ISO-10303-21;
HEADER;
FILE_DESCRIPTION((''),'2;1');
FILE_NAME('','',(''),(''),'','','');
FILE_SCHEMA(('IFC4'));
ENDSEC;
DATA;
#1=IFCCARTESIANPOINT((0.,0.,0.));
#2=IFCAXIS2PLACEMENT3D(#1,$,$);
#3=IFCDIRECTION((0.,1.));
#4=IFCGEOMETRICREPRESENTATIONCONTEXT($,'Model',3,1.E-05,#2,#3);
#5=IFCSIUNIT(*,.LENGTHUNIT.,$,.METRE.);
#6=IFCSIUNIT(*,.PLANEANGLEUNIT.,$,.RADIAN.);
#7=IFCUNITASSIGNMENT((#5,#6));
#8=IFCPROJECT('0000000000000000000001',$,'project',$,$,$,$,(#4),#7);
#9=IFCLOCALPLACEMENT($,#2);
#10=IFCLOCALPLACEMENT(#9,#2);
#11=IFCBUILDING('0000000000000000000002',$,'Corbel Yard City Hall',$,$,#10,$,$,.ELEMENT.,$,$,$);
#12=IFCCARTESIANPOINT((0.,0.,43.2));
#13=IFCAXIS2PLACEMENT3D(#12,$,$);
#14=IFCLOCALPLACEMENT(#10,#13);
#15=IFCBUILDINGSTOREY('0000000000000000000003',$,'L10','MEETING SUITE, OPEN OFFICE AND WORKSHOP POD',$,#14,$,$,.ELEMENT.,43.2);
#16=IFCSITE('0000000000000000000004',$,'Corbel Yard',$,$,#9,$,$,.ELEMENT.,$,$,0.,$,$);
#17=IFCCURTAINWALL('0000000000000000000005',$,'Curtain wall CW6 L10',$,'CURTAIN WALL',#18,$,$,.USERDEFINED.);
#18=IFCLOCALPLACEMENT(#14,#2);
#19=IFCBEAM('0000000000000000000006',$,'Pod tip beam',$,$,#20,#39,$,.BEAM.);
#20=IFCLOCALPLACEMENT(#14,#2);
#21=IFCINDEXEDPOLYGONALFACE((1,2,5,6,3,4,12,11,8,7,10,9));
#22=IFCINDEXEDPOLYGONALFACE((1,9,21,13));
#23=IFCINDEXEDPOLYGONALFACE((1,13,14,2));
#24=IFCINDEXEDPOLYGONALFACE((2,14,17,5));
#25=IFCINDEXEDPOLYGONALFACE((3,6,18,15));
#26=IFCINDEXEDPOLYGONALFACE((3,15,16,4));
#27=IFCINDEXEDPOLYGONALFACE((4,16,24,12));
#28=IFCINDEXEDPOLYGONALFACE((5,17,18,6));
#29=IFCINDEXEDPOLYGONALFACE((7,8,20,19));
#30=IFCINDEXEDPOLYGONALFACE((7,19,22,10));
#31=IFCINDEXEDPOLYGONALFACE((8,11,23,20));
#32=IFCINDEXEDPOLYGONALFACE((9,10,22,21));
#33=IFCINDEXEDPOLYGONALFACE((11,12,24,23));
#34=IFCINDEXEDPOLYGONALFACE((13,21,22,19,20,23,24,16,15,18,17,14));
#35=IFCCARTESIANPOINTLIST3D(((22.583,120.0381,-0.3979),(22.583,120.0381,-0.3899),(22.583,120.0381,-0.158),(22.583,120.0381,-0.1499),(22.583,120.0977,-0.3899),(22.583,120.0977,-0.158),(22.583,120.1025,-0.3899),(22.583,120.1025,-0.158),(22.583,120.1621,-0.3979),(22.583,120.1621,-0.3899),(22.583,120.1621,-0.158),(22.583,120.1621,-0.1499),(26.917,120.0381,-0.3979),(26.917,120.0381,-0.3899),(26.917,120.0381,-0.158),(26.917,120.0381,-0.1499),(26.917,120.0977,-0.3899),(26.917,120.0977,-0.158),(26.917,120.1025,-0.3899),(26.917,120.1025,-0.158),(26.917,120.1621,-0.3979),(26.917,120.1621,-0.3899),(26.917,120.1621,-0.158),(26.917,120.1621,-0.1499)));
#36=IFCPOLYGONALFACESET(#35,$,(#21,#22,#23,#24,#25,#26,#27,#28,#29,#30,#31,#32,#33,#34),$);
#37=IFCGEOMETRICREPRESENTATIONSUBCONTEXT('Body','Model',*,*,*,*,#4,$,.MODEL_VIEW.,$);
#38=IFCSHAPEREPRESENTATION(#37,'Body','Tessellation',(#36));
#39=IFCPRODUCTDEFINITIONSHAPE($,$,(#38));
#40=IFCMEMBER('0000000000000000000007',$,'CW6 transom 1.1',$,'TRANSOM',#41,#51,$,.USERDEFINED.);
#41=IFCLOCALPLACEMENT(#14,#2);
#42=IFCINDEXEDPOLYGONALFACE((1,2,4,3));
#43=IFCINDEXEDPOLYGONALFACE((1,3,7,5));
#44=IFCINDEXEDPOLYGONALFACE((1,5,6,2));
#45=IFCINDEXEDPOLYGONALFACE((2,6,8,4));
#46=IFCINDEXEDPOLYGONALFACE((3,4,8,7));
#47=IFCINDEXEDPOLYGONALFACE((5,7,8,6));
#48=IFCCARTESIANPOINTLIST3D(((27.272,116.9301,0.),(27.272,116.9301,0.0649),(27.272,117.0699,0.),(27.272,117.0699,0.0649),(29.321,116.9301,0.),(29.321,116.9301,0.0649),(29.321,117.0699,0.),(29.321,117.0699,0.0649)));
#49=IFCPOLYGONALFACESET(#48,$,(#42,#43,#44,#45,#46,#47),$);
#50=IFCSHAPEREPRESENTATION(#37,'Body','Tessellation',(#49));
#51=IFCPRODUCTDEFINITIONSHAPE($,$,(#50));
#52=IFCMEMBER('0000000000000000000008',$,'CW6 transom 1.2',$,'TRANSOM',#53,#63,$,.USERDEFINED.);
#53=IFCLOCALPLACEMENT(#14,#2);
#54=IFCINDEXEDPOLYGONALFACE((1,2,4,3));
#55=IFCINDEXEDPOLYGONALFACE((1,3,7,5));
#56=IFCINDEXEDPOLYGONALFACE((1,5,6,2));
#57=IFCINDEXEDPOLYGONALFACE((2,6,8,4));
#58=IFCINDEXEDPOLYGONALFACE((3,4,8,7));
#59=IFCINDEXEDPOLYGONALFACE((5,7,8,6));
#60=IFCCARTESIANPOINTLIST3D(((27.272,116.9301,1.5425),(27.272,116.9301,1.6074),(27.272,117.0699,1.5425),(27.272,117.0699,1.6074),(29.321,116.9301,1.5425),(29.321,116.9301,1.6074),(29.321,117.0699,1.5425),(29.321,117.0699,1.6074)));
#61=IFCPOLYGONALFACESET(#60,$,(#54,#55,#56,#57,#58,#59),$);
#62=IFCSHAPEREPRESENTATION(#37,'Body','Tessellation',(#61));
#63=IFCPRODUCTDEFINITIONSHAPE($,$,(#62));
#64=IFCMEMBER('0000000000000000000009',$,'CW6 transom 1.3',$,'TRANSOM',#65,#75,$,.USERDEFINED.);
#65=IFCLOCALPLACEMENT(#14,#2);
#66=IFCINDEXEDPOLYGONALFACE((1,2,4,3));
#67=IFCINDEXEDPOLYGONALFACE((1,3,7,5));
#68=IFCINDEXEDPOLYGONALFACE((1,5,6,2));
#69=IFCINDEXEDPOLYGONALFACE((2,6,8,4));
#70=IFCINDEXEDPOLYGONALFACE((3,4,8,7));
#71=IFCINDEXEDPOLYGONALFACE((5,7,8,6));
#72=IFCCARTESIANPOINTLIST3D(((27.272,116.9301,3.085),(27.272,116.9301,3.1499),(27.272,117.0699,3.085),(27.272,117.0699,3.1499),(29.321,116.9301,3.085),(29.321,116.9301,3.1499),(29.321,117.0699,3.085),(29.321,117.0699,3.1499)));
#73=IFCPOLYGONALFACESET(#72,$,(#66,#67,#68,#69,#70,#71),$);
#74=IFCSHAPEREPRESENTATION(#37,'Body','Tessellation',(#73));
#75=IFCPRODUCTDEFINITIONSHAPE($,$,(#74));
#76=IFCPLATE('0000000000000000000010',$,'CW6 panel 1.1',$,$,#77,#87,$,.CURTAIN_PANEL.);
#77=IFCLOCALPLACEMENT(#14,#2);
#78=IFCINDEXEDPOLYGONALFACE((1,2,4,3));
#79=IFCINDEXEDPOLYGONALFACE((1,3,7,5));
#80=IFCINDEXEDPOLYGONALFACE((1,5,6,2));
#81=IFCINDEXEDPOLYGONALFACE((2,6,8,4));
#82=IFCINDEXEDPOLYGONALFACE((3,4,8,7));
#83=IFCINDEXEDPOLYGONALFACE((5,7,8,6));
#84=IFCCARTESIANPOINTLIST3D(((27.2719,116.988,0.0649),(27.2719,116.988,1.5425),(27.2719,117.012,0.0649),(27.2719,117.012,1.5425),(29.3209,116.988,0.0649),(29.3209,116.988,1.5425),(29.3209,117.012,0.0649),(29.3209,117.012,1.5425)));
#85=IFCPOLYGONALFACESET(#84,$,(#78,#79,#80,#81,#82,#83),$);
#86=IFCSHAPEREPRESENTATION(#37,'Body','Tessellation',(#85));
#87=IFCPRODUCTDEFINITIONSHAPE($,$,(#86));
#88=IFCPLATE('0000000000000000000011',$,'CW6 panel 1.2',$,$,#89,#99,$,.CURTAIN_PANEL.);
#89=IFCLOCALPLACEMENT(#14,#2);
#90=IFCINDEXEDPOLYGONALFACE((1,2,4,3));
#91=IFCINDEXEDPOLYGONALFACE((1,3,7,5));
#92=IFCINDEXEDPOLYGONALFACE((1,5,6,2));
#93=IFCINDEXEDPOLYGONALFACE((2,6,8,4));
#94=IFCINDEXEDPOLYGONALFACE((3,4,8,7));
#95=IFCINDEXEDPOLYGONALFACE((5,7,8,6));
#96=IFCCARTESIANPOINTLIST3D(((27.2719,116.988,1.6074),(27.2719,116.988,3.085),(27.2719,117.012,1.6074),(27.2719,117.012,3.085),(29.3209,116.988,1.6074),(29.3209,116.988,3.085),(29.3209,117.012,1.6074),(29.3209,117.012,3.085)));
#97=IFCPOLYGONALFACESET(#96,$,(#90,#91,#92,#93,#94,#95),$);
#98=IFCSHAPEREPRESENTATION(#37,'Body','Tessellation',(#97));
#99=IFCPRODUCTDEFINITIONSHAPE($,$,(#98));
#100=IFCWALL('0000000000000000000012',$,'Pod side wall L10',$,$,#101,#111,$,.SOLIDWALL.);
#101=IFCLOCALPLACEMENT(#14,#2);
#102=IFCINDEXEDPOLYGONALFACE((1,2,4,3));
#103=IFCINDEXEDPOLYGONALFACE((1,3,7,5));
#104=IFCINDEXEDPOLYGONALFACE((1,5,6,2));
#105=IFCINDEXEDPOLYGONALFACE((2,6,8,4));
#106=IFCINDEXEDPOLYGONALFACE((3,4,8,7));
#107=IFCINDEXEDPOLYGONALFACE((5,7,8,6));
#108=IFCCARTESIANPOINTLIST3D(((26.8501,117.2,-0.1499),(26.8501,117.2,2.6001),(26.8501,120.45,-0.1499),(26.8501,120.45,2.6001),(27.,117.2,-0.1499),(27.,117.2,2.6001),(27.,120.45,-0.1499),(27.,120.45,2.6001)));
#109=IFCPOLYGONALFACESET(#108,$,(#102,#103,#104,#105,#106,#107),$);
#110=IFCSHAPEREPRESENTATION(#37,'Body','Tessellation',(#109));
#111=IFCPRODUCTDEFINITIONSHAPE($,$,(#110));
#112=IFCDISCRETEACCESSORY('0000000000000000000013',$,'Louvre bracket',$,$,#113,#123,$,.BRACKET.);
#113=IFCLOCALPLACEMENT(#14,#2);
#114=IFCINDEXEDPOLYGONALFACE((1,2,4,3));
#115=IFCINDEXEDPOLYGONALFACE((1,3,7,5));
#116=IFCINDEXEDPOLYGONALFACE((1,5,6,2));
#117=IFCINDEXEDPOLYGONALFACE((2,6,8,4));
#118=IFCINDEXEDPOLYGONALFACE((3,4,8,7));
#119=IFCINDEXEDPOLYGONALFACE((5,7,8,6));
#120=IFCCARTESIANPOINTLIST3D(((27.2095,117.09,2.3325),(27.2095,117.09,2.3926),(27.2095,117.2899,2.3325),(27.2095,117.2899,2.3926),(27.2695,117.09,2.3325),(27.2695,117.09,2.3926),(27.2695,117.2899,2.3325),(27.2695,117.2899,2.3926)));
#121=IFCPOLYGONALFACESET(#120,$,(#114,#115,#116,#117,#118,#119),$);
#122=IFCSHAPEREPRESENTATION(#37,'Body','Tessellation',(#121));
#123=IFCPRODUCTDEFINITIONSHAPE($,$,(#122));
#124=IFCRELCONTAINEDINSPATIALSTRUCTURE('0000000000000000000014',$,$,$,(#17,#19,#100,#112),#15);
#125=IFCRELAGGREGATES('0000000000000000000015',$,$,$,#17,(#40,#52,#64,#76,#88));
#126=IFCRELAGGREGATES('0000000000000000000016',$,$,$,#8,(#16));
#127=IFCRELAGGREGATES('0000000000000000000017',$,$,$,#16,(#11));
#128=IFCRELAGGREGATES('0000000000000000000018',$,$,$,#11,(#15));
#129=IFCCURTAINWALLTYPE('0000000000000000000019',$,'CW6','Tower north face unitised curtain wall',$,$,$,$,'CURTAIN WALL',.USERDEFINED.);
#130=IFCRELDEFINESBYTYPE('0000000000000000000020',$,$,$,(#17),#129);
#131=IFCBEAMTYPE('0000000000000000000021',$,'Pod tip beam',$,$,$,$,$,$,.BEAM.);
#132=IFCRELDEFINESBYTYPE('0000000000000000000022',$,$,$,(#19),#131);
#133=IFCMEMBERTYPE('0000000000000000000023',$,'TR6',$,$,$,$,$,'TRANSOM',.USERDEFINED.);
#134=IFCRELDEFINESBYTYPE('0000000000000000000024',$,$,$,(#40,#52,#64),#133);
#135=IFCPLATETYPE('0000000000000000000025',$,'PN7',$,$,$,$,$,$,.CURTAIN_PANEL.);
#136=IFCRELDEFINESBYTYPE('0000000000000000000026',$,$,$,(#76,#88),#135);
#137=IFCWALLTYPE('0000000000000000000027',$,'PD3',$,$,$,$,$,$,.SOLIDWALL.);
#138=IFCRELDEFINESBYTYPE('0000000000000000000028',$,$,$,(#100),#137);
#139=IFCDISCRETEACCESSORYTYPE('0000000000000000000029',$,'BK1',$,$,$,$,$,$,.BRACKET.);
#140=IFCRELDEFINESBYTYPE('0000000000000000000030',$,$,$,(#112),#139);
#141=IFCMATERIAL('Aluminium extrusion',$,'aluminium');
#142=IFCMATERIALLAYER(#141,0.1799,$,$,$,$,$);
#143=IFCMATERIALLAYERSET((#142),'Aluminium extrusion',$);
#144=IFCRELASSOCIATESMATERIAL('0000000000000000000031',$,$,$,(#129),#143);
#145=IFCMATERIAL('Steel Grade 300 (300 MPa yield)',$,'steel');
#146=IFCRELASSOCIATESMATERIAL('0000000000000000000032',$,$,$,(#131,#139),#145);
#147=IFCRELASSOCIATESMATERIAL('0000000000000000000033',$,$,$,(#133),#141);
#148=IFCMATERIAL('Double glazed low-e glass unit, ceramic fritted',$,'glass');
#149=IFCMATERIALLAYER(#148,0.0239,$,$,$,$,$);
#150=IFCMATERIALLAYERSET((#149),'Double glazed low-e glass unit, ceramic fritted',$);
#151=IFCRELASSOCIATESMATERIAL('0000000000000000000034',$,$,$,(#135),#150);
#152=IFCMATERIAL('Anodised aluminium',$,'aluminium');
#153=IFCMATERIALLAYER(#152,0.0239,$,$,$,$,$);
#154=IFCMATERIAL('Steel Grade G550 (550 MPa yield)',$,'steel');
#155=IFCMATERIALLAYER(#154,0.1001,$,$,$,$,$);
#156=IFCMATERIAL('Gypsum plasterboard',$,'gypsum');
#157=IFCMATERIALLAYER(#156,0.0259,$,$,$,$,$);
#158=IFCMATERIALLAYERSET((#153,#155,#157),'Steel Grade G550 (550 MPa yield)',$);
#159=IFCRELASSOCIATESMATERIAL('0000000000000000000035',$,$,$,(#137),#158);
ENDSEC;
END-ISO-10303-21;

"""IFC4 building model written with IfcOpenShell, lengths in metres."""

from ifc_helpers import new_model, si_unit, direction, frame, frame_2d, origin, origin_2d, place, context, subcontext, project, spatial, rectangle, i_section, extrude, material, layer, layer_set, material_profile, profile_set, type_object, element, aggregate, save


model = new_model("IFC4")

# Units and contexts
model_context = context("Model", 3, precision=1e-05, world=origin(), true_north=direction((0.0, 1.0)))
body_context = subcontext(model_context, "Body", "Model", "MODEL_VIEW")
ifc_project = project(units=[si_unit("LENGTHUNIT", "METRE"), si_unit("PLANEANGLEUNIT", "RADIAN")], contexts=[model_context])

# Site, building, storey
site_placement = place(None, origin())
site = spatial("IfcSite", under=ifc_project, at=site_placement, Name="Corbel Yard", CompositionType="ELEMENT", RefElevation=0.0)
building_placement = place(site_placement, origin())
building = spatial("IfcBuilding", under=site, at=building_placement, Name="Corbel Yard City Hall", CompositionType="ELEMENT")
storey_placement = place(building_placement, frame((0.0, 0.0, 43.2)))
storey = spatial("IfcBuildingStorey", under=building, at=storey_placement, Name="L10", Description="MEETING SUITE, OPEN OFFICE AND WORKSHOP POD", CompositionType="ELEMENT", Elevation=43.2)

# Curtain wall
ifc_material_1 = material(Name="Aluminium extrusion", Category="aluminium")
ifc_layer_1 = layer(ifc_material_1, 0.1799)
ifc_layer_set_1 = layer_set([ifc_layer_1], Name="Aluminium extrusion")
curtain_wall_type = type_object("IfcCurtainWallType", Name="CW6", Description="Tower north face unitised curtain wall", ElementType="CURTAIN WALL", PredefinedType="USERDEFINED", material=ifc_layer_set_1)
curtain_wall_placement = place(storey_placement, origin())
curtain_wall = element("IfcCurtainWall", 1, at=curtain_wall_placement, inside=storey, type_object=curtain_wall_type, Name="Curtain wall CW6 L10", ObjectType="CURTAIN WALL", PredefinedType="USERDEFINED")

# Beam
ifc_material_2 = material(Name="Steel Grade 300 (300 MPa yield)", Category="steel")
ifc_material_profile_1 = material_profile(ifc_material_2, i_section(OverallWidth=0.124, OverallDepth=0.248, WebThickness=0.0049, FlangeThickness=0.0081, at=origin_2d()), Name="250UB25.7")
ifc_profile_set_1 = profile_set([ifc_material_profile_1], Name="Steel Grade 300 (300 MPa yield)")
beam_type_1 = type_object("IfcBeamType", Name="Pod tip beam", PredefinedType="BEAM", material=ifc_profile_set_1)
for number, where, z_axis, x_axis, name in (
    (2, (22.583, 120.1001, -0.2739), (1.0, 0.0, 0.0), (0.0, 1.0, 0.0), "Pod tip beam"),
):
    element("IfcBeam", number, at=place(storey_placement, frame(where, z_axis=z_axis, x_axis=x_axis)), inside=storey, type_object=beam_type_1, Name=name, PredefinedType="BEAM", context=body_context, shape_type="SweptSolid", body=[
        extrude(i_section(OverallWidth=0.124, OverallDepth=0.248, WebThickness=0.0049, FlangeThickness=0.0081, at=origin_2d()), origin(), (0.0, 0.0, 1.0), 4.334),
    ])

# Members
ifc_material_profile_2 = material_profile(ifc_material_1, rectangle(XDim=0.1399, YDim=0.0649, at=origin_2d()), Name="140x65")
ifc_profile_set_2 = profile_set([ifc_material_profile_2], Name="Aluminium extrusion")
member_type_1 = type_object("IfcMemberType", Name="TR6", ElementType="TRANSOM", PredefinedType="USERDEFINED", material=ifc_profile_set_2)
member_1_placement = place(storey_placement, frame((27.272, 117.0, 0.0325), z_axis=(1.0, 0.0, 0.0), x_axis=(0.0, 1.0, 0.0)))
member_1 = element("IfcMember", 3, at=member_1_placement, type_object=member_type_1, Name="CW6 transom 1.1", ObjectType="TRANSOM", PredefinedType="USERDEFINED", context=body_context, shape_type="SweptSolid", body=[
    extrude(rectangle(XDim=0.1399, YDim=0.0649, at=origin_2d()), origin(), (0.0, 0.0, 1.0), 2.0491),
])
member_2_placement = place(storey_placement, frame((27.272, 117.0, 1.575), z_axis=(1.0, 0.0, 0.0), x_axis=(0.0, 1.0, 0.0)))
member_2 = element("IfcMember", 4, at=member_2_placement, type_object=member_type_1, Name="CW6 transom 1.2", ObjectType="TRANSOM", PredefinedType="USERDEFINED", context=body_context, shape_type="SweptSolid", body=[
    extrude(rectangle(XDim=0.1399, YDim=0.0649, at=origin_2d()), origin(), (0.0, 0.0, 1.0), 2.0491),
])
member_3_placement = place(storey_placement, frame((27.272, 117.0, 3.1174), z_axis=(1.0, 0.0, 0.0), x_axis=(0.0, 1.0, 0.0)))
member_3 = element("IfcMember", 5, at=member_3_placement, type_object=member_type_1, Name="CW6 transom 1.3", ObjectType="TRANSOM", PredefinedType="USERDEFINED", context=body_context, shape_type="SweptSolid", body=[
    extrude(rectangle(XDim=0.1399, YDim=0.0649, at=origin_2d()), origin(), (0.0, 0.0, 1.0), 2.0491),
])

# Plates
ifc_material_3 = material(Name="Double glazed low-e glass unit, ceramic fritted", Category="glass")
ifc_layer_2 = layer(ifc_material_3, 0.0239)
ifc_layer_set_2 = layer_set([ifc_layer_2], Name="Double glazed low-e glass unit, ceramic fritted")
plate_type = type_object("IfcPlateType", Name="PN7", PredefinedType="CURTAIN_PANEL", material=ifc_layer_set_2)
plate_1_placement = place(storey_placement, frame((28.2964, 117.0, 0.0649), z_axis=(0.0, 0.0, 1.0), x_axis=(1.0, 0.0, 0.0)))
plate_1 = element("IfcPlate", 6, at=plate_1_placement, type_object=plate_type, Name="CW6 panel 1.1", PredefinedType="CURTAIN_PANEL", context=body_context, shape_type="SweptSolid", body=[
    extrude(rectangle(XDim=2.0491, YDim=0.0239, at=origin_2d()), origin(), (0.0, 0.0, 1.0), 1.4775),
])
plate_2_placement = place(storey_placement, frame((28.2964, 117.0, 1.6074), z_axis=(0.0, 0.0, 1.0), x_axis=(1.0, 0.0, 0.0)))
plate_2 = element("IfcPlate", 7, at=plate_2_placement, type_object=plate_type, Name="CW6 panel 1.2", PredefinedType="CURTAIN_PANEL", context=body_context, shape_type="SweptSolid", body=[
    extrude(rectangle(XDim=2.0491, YDim=0.0239, at=origin_2d()), origin(), (0.0, 0.0, 1.0), 1.4775),
])
aggregate(curtain_wall, [member_1, member_2, member_3, plate_1, plate_2])

# Wall
ifc_material_4 = material(Name="Anodised aluminium", Category="aluminium")
ifc_layer_3 = layer(ifc_material_4, 0.0239)
ifc_material_5 = material(Name="Steel Grade G550 (550 MPa yield)", Category="steel")
ifc_layer_4 = layer(ifc_material_5, 0.1001)
ifc_material_6 = material(Name="Gypsum plasterboard", Category="gypsum")
ifc_layer_5 = layer(ifc_material_6, 0.0259)
ifc_layer_set_3 = layer_set([ifc_layer_3, ifc_layer_4, ifc_layer_5], Name="Steel Grade G550 (550 MPa yield)")
wall_type = type_object("IfcWallType", Name="PD3", PredefinedType="SOLIDWALL", material=ifc_layer_set_3)
wall_placement = place(storey_placement, frame((26.925, 120.45, -0.1499), z_axis=(0.0, 0.0, 1.0), x_axis=(0.0, -1.0, 0.0)))
element("IfcWall", 8, at=wall_placement, inside=storey, type_object=wall_type, Name="Pod side wall L10", PredefinedType="SOLIDWALL", context=body_context, shape_type="SweptSolid", body=[
    extrude(rectangle(XDim=3.25, YDim=0.1499, at=frame_2d((1.625, 0.0))), origin(), (0.0, 0.0, 1.0), 2.75),
])

# Discrete accessory
discrete_accessory_type = type_object("IfcDiscreteAccessoryType", Name="BK1", PredefinedType="BRACKET", material=ifc_material_2)
discrete_accessory_placement = place(storey_placement, frame((27.2395, 117.1899, 2.3325), z_axis=(0.0, 0.0, 1.0), x_axis=(1.0, 0.0, 0.0)))
element("IfcDiscreteAccessory", 9, at=discrete_accessory_placement, inside=storey, type_object=discrete_accessory_type, Name="Louvre bracket", PredefinedType="BRACKET", context=body_context, shape_type="SweptSolid", body=[
    extrude(rectangle(XDim=0.0601, YDim=0.2, at=origin_2d()), origin(), (0.0, 0.0, 1.0), 0.0601),
])

save(model, "model.ifc")
